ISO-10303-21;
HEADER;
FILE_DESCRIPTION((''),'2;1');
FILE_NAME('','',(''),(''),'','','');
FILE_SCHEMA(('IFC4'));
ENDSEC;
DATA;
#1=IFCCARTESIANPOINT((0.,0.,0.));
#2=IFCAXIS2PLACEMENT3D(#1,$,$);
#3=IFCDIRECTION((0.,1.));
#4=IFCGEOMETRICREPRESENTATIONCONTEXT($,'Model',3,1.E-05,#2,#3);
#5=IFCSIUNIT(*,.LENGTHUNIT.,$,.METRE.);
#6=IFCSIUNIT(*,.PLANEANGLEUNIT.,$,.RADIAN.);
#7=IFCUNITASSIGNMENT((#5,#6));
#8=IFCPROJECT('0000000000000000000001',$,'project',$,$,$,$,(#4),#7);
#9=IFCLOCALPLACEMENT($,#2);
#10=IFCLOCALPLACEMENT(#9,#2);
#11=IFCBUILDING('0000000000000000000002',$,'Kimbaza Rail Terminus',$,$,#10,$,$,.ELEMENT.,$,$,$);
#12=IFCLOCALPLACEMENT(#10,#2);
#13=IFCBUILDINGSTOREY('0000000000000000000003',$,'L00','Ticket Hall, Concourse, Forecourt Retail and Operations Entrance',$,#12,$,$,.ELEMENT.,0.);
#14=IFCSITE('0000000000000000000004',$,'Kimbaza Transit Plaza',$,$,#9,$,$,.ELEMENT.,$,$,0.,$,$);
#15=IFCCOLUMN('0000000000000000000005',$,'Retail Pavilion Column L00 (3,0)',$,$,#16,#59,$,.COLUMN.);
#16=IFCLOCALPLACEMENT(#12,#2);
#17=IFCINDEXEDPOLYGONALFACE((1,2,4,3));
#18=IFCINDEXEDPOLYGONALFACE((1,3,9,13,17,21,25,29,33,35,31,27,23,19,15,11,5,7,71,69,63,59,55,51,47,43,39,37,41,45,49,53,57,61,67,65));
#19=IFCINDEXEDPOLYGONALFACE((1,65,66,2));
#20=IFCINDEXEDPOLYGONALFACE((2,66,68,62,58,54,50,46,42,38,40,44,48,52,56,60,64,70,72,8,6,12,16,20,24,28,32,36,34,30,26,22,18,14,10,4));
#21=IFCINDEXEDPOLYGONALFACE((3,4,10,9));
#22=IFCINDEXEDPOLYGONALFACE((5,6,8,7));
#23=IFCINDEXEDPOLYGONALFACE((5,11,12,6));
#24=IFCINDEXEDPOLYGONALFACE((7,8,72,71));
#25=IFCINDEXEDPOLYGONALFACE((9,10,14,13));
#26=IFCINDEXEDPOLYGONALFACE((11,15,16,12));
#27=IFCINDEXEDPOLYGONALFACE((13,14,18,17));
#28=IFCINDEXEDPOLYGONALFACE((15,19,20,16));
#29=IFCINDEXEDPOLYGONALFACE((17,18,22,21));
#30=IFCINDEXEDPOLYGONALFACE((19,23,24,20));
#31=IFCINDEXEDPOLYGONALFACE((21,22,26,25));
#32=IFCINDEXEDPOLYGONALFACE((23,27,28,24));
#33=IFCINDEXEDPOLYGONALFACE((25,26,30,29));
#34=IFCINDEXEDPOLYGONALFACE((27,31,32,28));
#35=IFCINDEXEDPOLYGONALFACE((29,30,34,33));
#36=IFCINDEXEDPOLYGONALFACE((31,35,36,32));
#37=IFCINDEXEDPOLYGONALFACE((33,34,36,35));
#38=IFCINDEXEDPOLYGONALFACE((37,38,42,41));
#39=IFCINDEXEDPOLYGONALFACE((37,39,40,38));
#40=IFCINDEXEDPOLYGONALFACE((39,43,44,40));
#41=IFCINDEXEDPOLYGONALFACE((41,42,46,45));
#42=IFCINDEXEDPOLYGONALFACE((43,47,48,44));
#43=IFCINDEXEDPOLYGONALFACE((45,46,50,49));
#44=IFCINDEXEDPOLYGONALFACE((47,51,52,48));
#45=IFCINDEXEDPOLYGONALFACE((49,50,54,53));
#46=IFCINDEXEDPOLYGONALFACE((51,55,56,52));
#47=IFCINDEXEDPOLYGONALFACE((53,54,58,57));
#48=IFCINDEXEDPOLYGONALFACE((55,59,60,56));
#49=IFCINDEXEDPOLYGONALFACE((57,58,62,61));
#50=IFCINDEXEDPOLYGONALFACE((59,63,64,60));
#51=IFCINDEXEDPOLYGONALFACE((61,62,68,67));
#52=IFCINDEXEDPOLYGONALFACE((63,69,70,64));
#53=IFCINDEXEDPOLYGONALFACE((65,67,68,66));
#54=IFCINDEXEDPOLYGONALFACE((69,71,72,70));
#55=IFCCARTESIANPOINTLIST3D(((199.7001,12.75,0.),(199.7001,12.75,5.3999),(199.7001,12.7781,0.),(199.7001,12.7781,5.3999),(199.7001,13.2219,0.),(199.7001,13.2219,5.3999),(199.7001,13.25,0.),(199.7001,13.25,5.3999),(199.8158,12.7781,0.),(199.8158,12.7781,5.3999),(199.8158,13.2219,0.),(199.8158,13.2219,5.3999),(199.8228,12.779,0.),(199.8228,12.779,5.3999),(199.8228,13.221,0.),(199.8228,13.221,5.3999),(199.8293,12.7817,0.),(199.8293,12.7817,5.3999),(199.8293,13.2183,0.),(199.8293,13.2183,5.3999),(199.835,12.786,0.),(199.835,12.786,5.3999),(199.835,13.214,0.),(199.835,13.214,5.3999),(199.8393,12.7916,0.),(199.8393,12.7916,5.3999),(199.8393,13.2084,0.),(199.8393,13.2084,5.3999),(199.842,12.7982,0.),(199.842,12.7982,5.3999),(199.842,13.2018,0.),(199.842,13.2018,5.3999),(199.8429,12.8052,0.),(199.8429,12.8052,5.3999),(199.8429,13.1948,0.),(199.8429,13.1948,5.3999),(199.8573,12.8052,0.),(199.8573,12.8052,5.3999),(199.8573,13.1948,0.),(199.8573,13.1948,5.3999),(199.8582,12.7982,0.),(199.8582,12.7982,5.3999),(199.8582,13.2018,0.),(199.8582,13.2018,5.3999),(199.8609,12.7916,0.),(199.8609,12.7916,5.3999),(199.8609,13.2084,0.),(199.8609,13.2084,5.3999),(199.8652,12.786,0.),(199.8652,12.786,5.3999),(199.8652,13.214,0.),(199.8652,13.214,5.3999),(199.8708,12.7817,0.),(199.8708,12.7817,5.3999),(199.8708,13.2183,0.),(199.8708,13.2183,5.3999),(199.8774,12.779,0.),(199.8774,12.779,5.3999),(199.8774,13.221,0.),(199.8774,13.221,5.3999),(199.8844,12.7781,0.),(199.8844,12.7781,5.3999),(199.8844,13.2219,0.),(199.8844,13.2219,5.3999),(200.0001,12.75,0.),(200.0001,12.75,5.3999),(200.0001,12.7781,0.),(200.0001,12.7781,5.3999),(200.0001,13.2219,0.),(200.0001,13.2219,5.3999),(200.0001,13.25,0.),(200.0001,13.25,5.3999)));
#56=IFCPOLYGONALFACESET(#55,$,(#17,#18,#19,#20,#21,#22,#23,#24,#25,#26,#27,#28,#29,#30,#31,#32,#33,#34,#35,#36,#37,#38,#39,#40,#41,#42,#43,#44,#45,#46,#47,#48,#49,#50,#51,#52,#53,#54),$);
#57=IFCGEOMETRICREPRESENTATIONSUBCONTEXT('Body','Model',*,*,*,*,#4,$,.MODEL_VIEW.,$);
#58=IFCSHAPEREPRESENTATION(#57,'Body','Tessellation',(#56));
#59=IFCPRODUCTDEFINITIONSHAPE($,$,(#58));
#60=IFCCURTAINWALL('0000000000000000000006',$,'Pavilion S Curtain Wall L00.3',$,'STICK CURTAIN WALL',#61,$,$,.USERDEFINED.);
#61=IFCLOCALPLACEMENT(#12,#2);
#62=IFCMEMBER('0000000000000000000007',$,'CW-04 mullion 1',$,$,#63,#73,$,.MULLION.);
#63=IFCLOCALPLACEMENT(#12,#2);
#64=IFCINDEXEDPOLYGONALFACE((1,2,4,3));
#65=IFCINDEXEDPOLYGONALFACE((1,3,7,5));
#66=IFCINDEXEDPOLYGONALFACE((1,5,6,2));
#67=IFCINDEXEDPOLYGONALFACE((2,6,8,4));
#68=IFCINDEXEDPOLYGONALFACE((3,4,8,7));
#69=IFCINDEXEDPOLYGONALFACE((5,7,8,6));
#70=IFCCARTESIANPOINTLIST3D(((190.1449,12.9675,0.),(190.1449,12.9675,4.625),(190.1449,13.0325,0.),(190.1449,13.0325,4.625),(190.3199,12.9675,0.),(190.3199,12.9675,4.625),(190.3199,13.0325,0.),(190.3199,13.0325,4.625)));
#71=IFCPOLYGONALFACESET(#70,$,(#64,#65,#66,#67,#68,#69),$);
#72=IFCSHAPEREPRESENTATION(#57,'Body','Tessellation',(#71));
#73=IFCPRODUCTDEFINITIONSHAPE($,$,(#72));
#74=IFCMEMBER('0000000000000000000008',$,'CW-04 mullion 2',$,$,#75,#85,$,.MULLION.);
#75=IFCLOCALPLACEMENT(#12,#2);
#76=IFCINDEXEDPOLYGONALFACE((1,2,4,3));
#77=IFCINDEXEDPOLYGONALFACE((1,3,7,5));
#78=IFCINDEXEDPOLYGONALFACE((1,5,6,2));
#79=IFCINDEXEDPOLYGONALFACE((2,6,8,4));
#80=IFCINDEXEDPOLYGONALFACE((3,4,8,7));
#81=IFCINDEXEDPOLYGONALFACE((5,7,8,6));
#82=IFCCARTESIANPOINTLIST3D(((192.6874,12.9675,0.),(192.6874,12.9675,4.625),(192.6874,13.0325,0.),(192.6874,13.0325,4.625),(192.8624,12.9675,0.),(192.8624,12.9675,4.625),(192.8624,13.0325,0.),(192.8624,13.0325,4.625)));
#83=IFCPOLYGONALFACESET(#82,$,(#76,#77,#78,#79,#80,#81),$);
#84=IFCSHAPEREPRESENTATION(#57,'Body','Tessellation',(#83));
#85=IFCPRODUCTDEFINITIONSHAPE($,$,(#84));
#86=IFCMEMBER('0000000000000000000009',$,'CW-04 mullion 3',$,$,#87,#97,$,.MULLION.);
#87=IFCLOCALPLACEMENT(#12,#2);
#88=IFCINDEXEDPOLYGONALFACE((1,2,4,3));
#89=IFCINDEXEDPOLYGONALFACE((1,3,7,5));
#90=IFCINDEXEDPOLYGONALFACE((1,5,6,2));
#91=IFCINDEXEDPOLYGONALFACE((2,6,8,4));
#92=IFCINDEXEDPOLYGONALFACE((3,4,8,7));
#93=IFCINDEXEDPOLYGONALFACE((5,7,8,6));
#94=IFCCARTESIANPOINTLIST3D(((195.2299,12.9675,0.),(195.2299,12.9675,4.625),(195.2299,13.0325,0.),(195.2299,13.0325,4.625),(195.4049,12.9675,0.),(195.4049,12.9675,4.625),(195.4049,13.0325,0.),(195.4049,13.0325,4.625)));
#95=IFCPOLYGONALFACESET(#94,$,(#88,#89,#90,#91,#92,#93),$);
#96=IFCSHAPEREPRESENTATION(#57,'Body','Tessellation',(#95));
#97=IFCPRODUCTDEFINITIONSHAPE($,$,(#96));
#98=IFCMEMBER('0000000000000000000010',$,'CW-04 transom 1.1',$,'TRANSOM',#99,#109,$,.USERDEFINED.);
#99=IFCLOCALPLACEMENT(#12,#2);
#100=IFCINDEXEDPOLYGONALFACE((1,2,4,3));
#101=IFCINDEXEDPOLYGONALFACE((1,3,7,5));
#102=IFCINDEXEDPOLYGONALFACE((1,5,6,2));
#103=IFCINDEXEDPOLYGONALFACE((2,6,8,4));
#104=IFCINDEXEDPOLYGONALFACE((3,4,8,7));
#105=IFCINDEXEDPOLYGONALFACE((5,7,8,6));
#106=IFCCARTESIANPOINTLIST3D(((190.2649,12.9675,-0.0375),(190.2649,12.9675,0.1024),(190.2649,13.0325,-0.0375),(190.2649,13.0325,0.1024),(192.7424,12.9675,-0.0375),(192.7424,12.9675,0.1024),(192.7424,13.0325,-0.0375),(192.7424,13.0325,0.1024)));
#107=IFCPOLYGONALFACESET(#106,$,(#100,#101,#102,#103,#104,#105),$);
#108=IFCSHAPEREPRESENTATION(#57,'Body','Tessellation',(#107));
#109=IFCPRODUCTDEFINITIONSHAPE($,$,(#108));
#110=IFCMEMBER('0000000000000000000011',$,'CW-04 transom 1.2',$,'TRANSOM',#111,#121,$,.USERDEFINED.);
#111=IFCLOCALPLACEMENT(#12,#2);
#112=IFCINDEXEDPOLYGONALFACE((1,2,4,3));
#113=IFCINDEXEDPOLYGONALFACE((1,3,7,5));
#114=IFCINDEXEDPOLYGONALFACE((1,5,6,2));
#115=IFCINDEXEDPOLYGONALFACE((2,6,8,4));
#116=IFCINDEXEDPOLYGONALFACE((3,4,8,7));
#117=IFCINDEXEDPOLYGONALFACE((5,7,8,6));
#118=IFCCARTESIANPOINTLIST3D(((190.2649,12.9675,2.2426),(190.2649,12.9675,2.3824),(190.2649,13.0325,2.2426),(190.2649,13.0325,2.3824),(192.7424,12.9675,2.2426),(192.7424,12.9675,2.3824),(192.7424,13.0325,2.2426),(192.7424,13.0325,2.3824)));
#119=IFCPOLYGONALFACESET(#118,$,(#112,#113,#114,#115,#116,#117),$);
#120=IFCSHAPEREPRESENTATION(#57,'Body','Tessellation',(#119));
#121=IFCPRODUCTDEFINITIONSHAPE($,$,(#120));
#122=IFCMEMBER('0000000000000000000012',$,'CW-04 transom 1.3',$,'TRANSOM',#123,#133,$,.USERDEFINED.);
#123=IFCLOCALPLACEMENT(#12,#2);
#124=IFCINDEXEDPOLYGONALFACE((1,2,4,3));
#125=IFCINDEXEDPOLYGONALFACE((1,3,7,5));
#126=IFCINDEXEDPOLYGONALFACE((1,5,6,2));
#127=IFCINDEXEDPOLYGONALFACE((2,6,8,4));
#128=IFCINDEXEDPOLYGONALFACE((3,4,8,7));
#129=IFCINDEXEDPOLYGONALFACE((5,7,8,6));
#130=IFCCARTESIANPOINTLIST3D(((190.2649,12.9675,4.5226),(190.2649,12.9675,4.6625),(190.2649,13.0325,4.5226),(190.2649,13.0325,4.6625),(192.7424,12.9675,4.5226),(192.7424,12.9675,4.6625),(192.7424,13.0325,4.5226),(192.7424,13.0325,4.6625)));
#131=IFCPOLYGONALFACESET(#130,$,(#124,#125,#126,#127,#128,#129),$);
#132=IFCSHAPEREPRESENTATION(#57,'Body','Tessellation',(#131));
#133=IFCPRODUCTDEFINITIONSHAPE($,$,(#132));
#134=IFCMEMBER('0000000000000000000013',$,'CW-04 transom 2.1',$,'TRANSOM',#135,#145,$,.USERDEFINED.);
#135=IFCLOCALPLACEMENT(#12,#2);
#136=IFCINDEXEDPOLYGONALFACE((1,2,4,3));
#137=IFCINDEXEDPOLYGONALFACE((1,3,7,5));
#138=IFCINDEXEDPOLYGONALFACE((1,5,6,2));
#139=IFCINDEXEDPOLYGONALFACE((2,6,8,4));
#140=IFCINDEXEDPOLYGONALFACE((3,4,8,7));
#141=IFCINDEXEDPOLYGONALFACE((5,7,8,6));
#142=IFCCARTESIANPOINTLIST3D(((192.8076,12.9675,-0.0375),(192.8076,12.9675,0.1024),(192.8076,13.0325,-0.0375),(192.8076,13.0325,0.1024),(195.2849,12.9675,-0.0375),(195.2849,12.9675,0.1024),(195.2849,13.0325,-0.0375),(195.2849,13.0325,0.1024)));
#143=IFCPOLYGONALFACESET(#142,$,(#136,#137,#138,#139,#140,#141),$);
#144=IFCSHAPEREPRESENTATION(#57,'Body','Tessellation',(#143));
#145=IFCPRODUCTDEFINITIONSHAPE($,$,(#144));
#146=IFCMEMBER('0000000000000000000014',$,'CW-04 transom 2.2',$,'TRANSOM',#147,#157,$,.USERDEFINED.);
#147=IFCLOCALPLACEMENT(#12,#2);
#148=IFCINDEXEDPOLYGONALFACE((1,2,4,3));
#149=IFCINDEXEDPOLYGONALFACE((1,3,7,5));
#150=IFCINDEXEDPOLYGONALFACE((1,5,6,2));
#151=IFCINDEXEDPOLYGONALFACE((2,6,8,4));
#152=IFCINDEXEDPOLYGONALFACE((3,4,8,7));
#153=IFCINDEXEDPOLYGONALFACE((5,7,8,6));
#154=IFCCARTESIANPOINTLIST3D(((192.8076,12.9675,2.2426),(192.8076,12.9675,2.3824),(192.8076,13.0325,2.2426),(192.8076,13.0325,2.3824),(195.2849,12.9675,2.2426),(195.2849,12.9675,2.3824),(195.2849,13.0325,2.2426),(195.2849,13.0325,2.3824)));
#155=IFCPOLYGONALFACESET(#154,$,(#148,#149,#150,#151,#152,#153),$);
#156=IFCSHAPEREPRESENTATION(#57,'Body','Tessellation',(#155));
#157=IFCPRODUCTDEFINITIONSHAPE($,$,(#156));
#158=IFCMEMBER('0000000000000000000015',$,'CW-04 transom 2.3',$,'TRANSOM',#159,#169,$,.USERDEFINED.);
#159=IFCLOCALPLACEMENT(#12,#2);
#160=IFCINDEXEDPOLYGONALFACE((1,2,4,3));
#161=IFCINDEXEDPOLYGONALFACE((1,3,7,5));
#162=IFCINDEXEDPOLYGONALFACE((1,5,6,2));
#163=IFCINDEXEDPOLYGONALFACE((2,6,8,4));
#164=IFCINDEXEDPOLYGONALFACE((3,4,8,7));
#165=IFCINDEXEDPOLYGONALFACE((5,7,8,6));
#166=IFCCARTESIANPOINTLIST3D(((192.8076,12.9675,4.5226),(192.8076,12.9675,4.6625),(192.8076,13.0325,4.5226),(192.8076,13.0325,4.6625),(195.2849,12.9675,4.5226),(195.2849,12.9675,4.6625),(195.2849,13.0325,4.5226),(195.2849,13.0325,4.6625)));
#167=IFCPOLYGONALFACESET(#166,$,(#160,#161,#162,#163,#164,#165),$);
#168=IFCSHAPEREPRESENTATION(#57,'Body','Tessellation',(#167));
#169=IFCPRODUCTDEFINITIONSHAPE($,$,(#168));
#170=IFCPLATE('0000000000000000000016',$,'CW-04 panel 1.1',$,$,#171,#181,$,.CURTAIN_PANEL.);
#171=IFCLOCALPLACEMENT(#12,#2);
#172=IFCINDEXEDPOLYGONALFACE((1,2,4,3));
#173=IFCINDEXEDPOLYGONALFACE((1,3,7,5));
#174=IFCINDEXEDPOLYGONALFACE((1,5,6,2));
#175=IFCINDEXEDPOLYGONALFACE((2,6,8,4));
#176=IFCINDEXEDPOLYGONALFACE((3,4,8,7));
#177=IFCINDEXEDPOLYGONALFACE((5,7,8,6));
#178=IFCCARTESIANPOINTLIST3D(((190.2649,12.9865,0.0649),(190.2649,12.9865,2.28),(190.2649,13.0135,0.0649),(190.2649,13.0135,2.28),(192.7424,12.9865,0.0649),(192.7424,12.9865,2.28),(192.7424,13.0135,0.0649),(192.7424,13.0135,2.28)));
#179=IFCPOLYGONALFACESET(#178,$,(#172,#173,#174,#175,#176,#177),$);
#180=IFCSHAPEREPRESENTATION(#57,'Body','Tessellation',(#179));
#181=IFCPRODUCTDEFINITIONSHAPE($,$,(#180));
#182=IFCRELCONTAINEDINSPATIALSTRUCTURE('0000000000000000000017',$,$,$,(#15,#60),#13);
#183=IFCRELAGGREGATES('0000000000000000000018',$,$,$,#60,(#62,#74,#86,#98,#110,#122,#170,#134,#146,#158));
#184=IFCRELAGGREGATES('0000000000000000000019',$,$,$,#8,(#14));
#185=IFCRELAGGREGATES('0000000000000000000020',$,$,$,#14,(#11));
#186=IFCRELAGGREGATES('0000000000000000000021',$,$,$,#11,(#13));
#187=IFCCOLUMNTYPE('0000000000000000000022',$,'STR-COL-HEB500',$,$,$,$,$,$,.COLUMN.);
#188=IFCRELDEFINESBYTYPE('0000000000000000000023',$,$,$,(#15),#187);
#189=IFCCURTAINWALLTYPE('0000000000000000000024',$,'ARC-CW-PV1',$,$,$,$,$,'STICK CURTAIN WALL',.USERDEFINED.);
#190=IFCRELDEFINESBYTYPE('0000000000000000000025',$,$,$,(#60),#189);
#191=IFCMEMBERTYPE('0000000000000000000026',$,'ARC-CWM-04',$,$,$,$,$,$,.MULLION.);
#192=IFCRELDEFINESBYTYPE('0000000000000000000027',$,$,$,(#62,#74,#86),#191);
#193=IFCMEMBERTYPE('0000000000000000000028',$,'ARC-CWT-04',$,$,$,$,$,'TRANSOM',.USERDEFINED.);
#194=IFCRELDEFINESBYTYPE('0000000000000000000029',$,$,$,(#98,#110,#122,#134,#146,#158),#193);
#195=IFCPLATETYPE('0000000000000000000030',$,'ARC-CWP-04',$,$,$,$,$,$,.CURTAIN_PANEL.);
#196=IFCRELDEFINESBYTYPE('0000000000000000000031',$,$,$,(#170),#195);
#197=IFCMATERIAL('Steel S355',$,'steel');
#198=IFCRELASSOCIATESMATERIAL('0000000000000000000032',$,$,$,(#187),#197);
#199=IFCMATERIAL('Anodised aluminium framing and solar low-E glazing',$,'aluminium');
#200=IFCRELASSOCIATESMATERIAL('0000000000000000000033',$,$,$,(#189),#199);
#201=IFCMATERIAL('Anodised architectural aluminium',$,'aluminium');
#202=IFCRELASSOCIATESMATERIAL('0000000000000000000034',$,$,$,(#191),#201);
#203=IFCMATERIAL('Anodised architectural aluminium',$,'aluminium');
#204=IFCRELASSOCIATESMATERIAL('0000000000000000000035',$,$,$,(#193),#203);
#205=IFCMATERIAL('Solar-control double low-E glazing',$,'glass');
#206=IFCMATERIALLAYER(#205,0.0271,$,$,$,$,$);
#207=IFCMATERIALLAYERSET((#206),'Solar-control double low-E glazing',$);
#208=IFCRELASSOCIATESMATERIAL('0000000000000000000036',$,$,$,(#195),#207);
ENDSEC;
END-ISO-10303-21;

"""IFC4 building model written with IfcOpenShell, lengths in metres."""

from ifc_helpers import new_model, si_unit, direction, frame, origin, origin_2d, place, context, subcontext, project, spatial, rectangle, i_section, extrude, material, layer, layer_set, material_profile, profile_set, type_object, element, aggregate, save


model = new_model("IFC4")

# Units and contexts
model_context = context("Model", 3, precision=1e-05, world=origin(), true_north=direction((0.0, 1.0)))
body_context = subcontext(model_context, "Body", "Model", "MODEL_VIEW")
ifc_project = project(units=[si_unit("LENGTHUNIT", "METRE"), si_unit("PLANEANGLEUNIT", "RADIAN")], contexts=[model_context])

# Site, building, storey
site_placement = place(None, origin())
site = spatial("IfcSite", under=ifc_project, at=site_placement, Name="Kimbaza Transit Plaza", CompositionType="ELEMENT", RefElevation=0.0)
building_placement = place(site_placement, origin())
building = spatial("IfcBuilding", under=site, at=building_placement, Name="Kimbaza Rail Terminus", CompositionType="ELEMENT")
storey_placement = place(building_placement, origin())
storey = spatial("IfcBuildingStorey", under=building, at=storey_placement, Name="L00", Description="Ticket Hall, Concourse, Forecourt Retail and Operations Entrance", CompositionType="ELEMENT", Elevation=0.0)

# Column
ifc_material_1 = material(Name="Steel S355", Category="steel")
ifc_material_profile_1 = material_profile(ifc_material_1, i_section(OverallWidth=0.3, OverallDepth=0.5, WebThickness=0.0144, FlangeThickness=0.0281, FilletRadius=0.0271, at=origin_2d()), Name="HEB 500")
ifc_profile_set_1 = profile_set([ifc_material_profile_1], Name="Steel S355")
column_type = type_object("IfcColumnType", Name="STR-COL-HEB500", PredefinedType="COLUMN", material=ifc_profile_set_1)
column_placement = place(storey_placement, frame((199.8501, 13.0, 0.0), z_axis=(0.0, 0.0, 1.0), x_axis=(1.0, 0.0, 0.0)))
element("IfcColumn", 1, at=column_placement, inside=storey, type_object=column_type, Name="Retail Pavilion Column L00 (3,0)", PredefinedType="COLUMN", context=body_context, shape_type="SweptSolid", body=[
    extrude(i_section(OverallWidth=0.3, OverallDepth=0.5, WebThickness=0.0144, FlangeThickness=0.0281, FilletRadius=0.0271, at=origin_2d()), origin(), (0.0, 0.0, 1.0), 5.3999),
])

# Curtain wall, members, plate
ifc_material_2 = material(Name="Anodised aluminium framing and solar low-E glazing", Category="aluminium")
curtain_wall_type = type_object("IfcCurtainWallType", Name="ARC-CW-PV1", ElementType="STICK CURTAIN WALL", PredefinedType="USERDEFINED", material=ifc_material_2)
curtain_wall_placement = place(storey_placement, origin())
curtain_wall = element("IfcCurtainWall", 2, at=curtain_wall_placement, inside=storey, type_object=curtain_wall_type, Name="Pavilion S Curtain Wall L00.3", ObjectType="STICK CURTAIN WALL", PredefinedType="USERDEFINED")
ifc_material_3 = material(Name="Anodised architectural aluminium", Category="aluminium")
ifc_material_profile_2 = material_profile(ifc_material_3, rectangle(XDim=0.0649, YDim=0.175, at=origin_2d()), Name="MULLION 65x175")
ifc_profile_set_2 = profile_set([ifc_material_profile_2], Name="Anodised architectural aluminium")
member_type_1 = type_object("IfcMemberType", Name="ARC-CWM-04", PredefinedType="MULLION", material=ifc_profile_set_2)
member_1_placement = place(storey_placement, frame((190.2324, 13.0, 0.0), z_axis=(0.0, 0.0, 1.0), x_axis=(0.0, 1.0, 0.0)))
member_1 = element("IfcMember", 3, at=member_1_placement, type_object=member_type_1, Name="CW-04 mullion 1", PredefinedType="MULLION", context=body_context, shape_type="SweptSolid", body=[
    extrude(rectangle(XDim=0.0649, YDim=0.175, at=origin_2d()), origin(), (0.0, 0.0, 1.0), 4.625),
])
member_2_placement = place(storey_placement, frame((192.7749, 13.0, 0.0), z_axis=(0.0, 0.0, 1.0), x_axis=(0.0, 1.0, 0.0)))
member_2 = element("IfcMember", 4, at=member_2_placement, type_object=member_type_1, Name="CW-04 mullion 2", PredefinedType="MULLION", context=body_context, shape_type="SweptSolid", body=[
    extrude(rectangle(XDim=0.0649, YDim=0.175, at=origin_2d()), origin(), (0.0, 0.0, 1.0), 4.625),
])
member_3_placement = place(storey_placement, frame((195.3174, 13.0, 0.0), z_axis=(0.0, 0.0, 1.0), x_axis=(0.0, 1.0, 0.0)))
member_3 = element("IfcMember", 5, at=member_3_placement, type_object=member_type_1, Name="CW-04 mullion 3", PredefinedType="MULLION", context=body_context, shape_type="SweptSolid", body=[
    extrude(rectangle(XDim=0.0649, YDim=0.175, at=origin_2d()), origin(), (0.0, 0.0, 1.0), 4.625),
])
ifc_material_4 = material(Name="Anodised architectural aluminium", Category="aluminium")
ifc_material_profile_3 = material_profile(ifc_material_4, rectangle(XDim=0.0649, YDim=0.1399, at=origin_2d()), Name="TRANSOM 65x140")
ifc_profile_set_3 = profile_set([ifc_material_profile_3], Name="Anodised architectural aluminium")
member_type_2 = type_object("IfcMemberType", Name="ARC-CWT-04", ElementType="TRANSOM", PredefinedType="USERDEFINED", material=ifc_profile_set_3)
member_4_placement = place(storey_placement, frame((190.2649, 13.0, 0.0325), z_axis=(1.0, 0.0, 0.0), x_axis=(0.0, 1.0, 0.0)))
member_4 = element("IfcMember", 6, at=member_4_placement, type_object=member_type_2, Name="CW-04 transom 1.1", ObjectType="TRANSOM", PredefinedType="USERDEFINED", context=body_context, shape_type="SweptSolid", body=[
    extrude(rectangle(XDim=0.0649, YDim=0.1399, at=origin_2d()), origin(), (0.0, 0.0, 1.0), 2.4775),
])
member_5_placement = place(storey_placement, frame((190.2649, 13.0, 2.3125), z_axis=(1.0, 0.0, 0.0), x_axis=(0.0, 1.0, 0.0)))
member_5 = element("IfcMember", 7, at=member_5_placement, type_object=member_type_2, Name="CW-04 transom 1.2", ObjectType="TRANSOM", PredefinedType="USERDEFINED", context=body_context, shape_type="SweptSolid", body=[
    extrude(rectangle(XDim=0.0649, YDim=0.1399, at=origin_2d()), origin(), (0.0, 0.0, 1.0), 2.4775),
])
member_6_placement = place(storey_placement, frame((190.2649, 13.0, 4.5925), z_axis=(1.0, 0.0, 0.0), x_axis=(0.0, 1.0, 0.0)))
member_6 = element("IfcMember", 8, at=member_6_placement, type_object=member_type_2, Name="CW-04 transom 1.3", ObjectType="TRANSOM", PredefinedType="USERDEFINED", context=body_context, shape_type="SweptSolid", body=[
    extrude(rectangle(XDim=0.0649, YDim=0.1399, at=origin_2d()), origin(), (0.0, 0.0, 1.0), 2.4775),
])
member_7_placement = place(storey_placement, frame((192.8076, 13.0, 0.0325), z_axis=(1.0, 0.0, 0.0), x_axis=(0.0, 1.0, 0.0)))
member_7 = element("IfcMember", 9, at=member_7_placement, type_object=member_type_2, Name="CW-04 transom 2.1", ObjectType="TRANSOM", PredefinedType="USERDEFINED", context=body_context, shape_type="SweptSolid", body=[
    extrude(rectangle(XDim=0.0649, YDim=0.1399, at=origin_2d()), origin(), (0.0, 0.0, 1.0), 2.4773),
])
member_8_placement = place(storey_placement, frame((192.8076, 13.0, 2.3125), z_axis=(1.0, 0.0, 0.0), x_axis=(0.0, 1.0, 0.0)))
member_8 = element("IfcMember", 10, at=member_8_placement, type_object=member_type_2, Name="CW-04 transom 2.2", ObjectType="TRANSOM", PredefinedType="USERDEFINED", context=body_context, shape_type="SweptSolid", body=[
    extrude(rectangle(XDim=0.0649, YDim=0.1399, at=origin_2d()), origin(), (0.0, 0.0, 1.0), 2.4773),
])
member_9_placement = place(storey_placement, frame((192.8076, 13.0, 4.5925), z_axis=(1.0, 0.0, 0.0), x_axis=(0.0, 1.0, 0.0)))
member_9 = element("IfcMember", 11, at=member_9_placement, type_object=member_type_2, Name="CW-04 transom 2.3", ObjectType="TRANSOM", PredefinedType="USERDEFINED", context=body_context, shape_type="SweptSolid", body=[
    extrude(rectangle(XDim=0.0649, YDim=0.1399, at=origin_2d()), origin(), (0.0, 0.0, 1.0), 2.4773),
])
ifc_material_5 = material(Name="Solar-control double low-E glazing", Category="glass")
ifc_layer_1 = layer(ifc_material_5, 0.0271)
ifc_layer_set_1 = layer_set([ifc_layer_1], Name="Solar-control double low-E glazing")
plate_type = type_object("IfcPlateType", Name="ARC-CWP-04", PredefinedType="CURTAIN_PANEL", material=ifc_layer_set_1)
plate_1_placement = place(storey_placement, frame((191.5037, 13.0, 0.0649), z_axis=(0.0, 0.0, 1.0), x_axis=(1.0, 0.0, 0.0)))
plate_1 = element("IfcPlate", 12, at=plate_1_placement, type_object=plate_type, Name="CW-04 panel 1.1", PredefinedType="CURTAIN_PANEL", context=body_context, shape_type="SweptSolid", body=[
    extrude(rectangle(XDim=2.4775, YDim=0.0271, at=origin_2d()), origin(), (0.0, 0.0, 1.0), 2.2151),
])
aggregate(curtain_wall, [member_1, member_2, member_3, member_4, member_5, member_6, plate_1, member_7, member_8, member_9])

save(model, "model.ifc")
